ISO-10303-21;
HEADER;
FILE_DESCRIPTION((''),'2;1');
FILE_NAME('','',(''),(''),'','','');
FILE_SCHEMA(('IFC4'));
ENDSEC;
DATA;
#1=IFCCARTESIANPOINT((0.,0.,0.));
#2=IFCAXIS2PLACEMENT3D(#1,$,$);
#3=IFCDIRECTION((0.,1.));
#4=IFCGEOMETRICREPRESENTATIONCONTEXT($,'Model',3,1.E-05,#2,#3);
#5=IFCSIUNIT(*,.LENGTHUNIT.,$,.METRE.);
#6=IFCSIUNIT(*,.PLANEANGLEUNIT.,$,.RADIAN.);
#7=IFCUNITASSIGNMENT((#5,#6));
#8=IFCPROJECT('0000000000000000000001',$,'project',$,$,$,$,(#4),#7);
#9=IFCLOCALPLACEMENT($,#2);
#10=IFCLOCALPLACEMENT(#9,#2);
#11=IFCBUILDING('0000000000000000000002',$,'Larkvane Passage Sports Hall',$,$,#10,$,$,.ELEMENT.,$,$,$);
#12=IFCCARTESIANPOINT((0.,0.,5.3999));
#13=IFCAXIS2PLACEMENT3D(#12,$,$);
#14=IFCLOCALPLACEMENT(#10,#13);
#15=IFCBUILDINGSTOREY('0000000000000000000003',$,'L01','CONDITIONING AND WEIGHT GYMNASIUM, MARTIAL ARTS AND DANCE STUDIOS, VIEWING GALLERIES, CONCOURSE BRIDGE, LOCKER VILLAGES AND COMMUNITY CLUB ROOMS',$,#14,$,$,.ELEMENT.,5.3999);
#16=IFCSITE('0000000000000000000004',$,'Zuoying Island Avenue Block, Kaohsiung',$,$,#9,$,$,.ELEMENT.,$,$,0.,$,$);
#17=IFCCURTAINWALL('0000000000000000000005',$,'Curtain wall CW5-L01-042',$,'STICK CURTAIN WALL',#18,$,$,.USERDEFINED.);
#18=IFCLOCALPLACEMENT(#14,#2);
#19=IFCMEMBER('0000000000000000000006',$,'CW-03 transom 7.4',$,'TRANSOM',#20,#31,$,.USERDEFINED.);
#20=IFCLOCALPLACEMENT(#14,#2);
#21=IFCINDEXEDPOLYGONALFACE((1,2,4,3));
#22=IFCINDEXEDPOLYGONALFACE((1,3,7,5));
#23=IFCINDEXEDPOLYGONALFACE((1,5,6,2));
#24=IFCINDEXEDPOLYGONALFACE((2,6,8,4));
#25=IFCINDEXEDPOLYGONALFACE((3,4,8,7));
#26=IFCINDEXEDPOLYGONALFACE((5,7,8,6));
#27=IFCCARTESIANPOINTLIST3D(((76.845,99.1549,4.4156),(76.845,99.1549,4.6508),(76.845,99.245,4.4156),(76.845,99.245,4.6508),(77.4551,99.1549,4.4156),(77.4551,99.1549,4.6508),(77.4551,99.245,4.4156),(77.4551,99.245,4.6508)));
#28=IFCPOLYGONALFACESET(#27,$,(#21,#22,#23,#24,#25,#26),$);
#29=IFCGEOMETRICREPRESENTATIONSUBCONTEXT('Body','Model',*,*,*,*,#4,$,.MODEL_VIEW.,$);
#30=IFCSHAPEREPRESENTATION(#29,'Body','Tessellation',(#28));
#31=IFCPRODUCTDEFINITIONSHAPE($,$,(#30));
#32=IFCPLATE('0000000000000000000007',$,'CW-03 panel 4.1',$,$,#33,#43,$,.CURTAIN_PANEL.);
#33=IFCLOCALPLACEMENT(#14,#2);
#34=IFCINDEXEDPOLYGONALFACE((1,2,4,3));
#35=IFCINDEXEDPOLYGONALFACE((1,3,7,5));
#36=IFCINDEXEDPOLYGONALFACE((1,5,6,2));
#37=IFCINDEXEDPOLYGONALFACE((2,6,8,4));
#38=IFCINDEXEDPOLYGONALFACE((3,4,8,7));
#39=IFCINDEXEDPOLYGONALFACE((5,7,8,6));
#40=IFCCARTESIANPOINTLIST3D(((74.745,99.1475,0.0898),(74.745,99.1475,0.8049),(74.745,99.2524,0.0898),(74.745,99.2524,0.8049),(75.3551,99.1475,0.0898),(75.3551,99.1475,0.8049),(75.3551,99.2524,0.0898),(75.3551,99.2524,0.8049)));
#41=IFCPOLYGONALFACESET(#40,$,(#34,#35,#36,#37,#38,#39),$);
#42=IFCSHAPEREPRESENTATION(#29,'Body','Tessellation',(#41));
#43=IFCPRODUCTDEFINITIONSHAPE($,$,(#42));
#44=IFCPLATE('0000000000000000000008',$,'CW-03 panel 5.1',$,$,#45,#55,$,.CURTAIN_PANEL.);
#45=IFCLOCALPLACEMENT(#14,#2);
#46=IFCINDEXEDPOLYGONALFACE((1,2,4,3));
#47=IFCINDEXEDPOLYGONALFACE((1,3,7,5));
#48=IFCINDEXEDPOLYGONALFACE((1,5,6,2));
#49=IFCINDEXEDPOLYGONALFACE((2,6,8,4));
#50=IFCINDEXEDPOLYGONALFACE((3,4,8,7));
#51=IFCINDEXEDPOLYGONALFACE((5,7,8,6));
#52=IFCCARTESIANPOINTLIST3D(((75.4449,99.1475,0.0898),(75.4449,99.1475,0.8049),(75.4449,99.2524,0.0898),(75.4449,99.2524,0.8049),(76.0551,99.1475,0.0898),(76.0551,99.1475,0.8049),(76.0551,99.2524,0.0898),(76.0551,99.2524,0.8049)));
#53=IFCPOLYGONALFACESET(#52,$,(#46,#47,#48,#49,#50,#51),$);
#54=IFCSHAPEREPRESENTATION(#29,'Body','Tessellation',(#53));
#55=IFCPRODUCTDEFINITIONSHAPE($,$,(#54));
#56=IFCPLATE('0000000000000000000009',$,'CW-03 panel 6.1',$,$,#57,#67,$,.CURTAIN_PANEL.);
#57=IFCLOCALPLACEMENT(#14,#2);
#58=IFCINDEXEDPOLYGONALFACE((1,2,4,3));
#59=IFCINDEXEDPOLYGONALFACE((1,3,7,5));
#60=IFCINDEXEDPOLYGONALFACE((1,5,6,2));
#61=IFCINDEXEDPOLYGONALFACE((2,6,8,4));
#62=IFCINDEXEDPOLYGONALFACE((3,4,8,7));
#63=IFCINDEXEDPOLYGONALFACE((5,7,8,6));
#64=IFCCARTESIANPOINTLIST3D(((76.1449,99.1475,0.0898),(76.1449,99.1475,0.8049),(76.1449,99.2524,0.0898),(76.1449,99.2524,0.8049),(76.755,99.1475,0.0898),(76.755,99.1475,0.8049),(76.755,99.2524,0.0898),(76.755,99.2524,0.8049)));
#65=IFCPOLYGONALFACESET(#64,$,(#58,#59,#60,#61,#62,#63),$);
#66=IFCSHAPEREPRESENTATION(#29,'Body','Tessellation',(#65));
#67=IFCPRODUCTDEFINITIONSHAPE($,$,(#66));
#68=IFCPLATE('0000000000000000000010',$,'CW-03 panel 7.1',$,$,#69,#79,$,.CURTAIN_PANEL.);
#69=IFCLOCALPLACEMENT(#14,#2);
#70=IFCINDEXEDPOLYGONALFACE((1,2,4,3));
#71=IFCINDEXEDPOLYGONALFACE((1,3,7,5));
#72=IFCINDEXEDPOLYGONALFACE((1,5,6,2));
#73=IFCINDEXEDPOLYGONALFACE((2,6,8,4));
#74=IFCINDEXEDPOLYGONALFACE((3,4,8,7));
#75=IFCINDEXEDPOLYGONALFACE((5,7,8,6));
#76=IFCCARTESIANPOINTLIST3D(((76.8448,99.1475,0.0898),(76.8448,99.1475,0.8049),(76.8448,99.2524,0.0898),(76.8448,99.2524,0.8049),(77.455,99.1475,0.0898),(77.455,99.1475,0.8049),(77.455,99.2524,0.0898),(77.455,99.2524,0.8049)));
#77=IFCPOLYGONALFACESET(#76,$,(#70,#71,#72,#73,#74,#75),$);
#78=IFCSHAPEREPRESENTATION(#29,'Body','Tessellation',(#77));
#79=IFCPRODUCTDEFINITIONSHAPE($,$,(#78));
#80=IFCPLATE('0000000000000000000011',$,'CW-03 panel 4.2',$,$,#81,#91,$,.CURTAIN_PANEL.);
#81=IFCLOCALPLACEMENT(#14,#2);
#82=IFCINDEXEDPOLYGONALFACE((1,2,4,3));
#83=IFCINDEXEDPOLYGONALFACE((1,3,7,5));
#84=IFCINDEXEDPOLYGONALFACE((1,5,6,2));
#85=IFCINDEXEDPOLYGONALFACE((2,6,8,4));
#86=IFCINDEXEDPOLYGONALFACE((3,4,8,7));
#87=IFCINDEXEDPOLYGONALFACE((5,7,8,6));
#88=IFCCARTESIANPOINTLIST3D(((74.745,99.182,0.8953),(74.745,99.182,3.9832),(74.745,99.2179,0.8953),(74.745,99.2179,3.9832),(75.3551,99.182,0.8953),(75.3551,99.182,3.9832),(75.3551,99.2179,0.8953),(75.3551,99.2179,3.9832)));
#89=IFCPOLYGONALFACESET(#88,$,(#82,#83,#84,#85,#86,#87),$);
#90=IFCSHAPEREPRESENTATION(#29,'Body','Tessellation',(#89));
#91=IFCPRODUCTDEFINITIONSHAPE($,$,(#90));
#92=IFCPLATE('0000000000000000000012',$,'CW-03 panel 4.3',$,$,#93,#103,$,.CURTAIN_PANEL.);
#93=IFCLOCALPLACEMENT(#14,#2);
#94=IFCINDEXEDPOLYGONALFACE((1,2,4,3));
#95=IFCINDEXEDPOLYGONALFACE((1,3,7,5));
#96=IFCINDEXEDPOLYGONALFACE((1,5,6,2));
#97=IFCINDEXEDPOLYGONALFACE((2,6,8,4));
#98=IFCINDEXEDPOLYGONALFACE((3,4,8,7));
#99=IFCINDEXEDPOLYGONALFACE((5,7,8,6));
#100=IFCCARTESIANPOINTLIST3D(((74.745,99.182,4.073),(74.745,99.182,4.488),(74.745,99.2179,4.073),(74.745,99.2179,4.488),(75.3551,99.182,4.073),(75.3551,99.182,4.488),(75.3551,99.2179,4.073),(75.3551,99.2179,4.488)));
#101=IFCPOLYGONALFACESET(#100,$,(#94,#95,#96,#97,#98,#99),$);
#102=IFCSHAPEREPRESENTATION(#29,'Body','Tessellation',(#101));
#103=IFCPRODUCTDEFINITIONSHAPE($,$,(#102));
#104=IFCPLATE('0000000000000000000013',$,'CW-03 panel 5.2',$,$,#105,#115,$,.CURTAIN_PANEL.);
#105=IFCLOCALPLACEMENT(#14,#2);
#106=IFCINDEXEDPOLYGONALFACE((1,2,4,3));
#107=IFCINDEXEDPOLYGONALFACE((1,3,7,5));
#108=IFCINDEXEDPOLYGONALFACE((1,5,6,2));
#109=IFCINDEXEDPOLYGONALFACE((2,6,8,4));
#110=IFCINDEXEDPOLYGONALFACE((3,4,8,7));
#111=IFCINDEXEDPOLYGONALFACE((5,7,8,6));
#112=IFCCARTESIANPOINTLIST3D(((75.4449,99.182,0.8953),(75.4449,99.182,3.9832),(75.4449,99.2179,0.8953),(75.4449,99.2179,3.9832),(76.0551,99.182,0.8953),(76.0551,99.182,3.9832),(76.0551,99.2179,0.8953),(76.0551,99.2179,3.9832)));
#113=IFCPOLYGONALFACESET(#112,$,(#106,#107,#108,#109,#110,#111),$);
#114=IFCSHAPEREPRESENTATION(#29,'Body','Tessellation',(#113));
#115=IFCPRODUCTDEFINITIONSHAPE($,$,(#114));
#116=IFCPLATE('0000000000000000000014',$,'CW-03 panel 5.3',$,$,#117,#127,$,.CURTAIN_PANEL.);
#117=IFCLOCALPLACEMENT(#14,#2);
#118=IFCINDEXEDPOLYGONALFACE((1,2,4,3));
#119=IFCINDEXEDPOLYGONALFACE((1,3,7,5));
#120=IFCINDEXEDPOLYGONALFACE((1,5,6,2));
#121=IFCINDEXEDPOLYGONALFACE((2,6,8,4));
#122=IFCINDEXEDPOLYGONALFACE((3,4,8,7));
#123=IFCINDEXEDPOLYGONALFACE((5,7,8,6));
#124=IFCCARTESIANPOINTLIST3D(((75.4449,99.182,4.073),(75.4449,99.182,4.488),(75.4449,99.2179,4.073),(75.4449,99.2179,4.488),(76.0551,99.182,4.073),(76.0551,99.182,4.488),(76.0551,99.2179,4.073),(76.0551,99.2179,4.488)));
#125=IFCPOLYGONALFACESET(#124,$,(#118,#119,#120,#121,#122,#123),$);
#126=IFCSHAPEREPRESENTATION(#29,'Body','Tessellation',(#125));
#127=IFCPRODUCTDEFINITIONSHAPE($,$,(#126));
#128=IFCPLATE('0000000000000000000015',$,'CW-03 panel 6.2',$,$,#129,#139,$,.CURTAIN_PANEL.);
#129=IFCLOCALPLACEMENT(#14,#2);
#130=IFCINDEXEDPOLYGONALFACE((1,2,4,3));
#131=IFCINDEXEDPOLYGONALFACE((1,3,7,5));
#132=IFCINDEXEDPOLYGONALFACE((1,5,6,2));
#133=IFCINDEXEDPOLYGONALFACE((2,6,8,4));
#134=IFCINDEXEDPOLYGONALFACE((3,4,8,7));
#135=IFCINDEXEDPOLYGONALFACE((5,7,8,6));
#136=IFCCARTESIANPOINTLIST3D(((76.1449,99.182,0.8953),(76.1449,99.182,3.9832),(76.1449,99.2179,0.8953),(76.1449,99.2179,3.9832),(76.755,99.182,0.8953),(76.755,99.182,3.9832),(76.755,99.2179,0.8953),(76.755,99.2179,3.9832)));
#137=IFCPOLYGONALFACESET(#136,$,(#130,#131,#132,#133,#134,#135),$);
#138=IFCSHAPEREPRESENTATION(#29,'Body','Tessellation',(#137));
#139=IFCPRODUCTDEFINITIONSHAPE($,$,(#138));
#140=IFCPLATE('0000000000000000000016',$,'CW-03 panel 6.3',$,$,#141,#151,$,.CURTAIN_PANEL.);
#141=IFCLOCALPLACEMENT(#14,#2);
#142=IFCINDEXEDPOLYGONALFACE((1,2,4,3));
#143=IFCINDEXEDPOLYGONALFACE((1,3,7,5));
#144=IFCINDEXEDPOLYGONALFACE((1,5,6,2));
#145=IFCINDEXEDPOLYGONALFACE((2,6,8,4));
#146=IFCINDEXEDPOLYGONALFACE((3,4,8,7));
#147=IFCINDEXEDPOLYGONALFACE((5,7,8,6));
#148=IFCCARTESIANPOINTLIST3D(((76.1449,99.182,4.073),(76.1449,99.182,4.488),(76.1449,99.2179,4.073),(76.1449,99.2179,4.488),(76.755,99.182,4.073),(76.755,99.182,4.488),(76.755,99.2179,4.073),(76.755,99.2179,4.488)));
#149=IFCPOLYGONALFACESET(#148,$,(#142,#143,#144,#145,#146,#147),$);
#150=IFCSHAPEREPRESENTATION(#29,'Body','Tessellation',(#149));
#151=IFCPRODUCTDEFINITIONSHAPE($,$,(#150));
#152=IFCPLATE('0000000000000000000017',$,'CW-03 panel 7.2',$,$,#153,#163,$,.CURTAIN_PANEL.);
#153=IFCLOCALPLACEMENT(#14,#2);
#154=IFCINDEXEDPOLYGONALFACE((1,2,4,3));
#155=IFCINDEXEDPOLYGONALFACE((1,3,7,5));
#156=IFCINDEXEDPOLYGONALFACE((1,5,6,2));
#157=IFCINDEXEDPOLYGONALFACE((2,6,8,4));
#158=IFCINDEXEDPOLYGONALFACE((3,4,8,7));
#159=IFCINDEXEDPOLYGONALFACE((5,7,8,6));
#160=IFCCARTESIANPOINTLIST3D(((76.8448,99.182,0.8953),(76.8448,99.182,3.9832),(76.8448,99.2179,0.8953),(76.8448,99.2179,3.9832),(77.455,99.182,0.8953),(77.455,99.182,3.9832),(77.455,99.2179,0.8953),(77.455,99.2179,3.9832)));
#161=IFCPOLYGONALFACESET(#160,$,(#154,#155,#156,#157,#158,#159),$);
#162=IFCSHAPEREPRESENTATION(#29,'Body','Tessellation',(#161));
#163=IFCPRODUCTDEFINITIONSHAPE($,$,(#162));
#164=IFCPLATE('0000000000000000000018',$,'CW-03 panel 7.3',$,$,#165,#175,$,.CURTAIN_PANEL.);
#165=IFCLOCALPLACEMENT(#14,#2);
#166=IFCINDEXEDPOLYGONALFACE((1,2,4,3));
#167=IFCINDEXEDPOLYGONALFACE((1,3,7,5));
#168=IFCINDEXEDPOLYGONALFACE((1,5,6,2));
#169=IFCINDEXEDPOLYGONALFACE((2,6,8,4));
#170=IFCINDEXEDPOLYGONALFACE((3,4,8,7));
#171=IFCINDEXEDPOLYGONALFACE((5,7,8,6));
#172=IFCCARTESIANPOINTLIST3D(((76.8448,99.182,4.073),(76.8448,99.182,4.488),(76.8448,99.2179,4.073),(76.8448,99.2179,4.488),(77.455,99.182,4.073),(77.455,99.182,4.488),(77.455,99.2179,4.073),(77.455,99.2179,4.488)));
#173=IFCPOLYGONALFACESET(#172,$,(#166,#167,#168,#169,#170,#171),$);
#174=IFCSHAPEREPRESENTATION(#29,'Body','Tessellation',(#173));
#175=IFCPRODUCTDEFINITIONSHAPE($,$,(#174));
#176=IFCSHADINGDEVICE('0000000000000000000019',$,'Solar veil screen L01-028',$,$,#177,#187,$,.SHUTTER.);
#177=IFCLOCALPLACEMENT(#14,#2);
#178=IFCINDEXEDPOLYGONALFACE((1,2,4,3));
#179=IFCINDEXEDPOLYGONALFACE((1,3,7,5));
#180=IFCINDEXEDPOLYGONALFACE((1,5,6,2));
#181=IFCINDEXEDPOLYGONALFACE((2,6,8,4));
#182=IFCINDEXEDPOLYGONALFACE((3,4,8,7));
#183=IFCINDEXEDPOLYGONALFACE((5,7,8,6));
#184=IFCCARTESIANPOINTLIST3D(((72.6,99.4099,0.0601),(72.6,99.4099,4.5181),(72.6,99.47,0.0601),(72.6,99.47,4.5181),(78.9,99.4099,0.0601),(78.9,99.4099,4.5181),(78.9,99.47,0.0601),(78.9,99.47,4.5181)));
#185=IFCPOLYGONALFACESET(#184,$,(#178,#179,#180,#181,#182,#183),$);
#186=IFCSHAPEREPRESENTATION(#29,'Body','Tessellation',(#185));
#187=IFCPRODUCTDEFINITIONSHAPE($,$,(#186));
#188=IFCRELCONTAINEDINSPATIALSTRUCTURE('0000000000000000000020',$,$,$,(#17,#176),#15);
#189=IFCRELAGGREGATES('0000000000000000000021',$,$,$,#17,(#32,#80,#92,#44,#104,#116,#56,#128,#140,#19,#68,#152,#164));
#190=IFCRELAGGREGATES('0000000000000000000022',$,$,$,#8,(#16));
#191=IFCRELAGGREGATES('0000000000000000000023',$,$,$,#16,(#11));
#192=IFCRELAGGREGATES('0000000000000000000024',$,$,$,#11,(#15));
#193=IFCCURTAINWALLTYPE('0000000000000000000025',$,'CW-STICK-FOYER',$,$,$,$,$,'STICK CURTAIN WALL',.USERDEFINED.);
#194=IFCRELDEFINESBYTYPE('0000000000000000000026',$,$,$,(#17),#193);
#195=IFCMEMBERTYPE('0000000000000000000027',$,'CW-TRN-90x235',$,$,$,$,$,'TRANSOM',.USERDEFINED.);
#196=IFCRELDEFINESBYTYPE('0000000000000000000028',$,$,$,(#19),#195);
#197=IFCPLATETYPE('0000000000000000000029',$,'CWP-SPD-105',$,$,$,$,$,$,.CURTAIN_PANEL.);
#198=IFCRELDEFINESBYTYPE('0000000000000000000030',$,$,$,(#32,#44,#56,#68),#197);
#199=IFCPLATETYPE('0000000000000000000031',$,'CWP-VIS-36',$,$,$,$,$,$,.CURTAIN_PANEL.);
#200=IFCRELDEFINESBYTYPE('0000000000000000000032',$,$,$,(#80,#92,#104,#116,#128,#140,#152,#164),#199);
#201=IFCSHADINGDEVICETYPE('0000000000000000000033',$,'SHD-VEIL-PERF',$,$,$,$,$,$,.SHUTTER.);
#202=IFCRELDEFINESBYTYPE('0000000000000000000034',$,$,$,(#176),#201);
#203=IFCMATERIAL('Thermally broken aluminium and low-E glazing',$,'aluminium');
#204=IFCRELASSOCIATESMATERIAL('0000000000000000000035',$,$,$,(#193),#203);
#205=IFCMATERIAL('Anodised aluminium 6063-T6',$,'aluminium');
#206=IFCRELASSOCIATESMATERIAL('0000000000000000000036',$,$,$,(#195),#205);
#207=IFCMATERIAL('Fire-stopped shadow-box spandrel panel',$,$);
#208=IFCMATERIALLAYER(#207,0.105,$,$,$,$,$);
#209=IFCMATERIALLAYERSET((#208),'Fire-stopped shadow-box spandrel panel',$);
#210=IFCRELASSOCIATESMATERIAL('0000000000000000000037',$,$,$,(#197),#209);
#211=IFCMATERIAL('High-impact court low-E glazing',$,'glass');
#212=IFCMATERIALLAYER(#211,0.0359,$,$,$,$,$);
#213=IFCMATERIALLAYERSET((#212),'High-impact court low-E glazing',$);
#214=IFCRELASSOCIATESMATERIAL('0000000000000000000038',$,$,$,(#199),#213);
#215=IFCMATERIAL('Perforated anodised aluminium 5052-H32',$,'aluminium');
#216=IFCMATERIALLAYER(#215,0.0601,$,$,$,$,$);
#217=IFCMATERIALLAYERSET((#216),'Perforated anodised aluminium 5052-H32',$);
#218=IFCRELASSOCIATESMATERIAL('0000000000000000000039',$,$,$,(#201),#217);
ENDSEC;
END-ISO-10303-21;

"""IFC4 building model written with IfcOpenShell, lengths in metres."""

from ifc_helpers import new_model, si_unit, direction, frame, origin, origin_2d, place, context, subcontext, project, spatial, rectangle, extrude, material, layer, layer_set, material_profile, profile_set, type_object, element, aggregate, save


model = new_model("IFC4")

# Units and contexts
model_context = context("Model", 3, precision=1e-05, world=origin(), true_north=direction((0.0, 1.0)))
body_context = subcontext(model_context, "Body", "Model", "MODEL_VIEW")
ifc_project = project(units=[si_unit("LENGTHUNIT", "METRE"), si_unit("PLANEANGLEUNIT", "RADIAN")], contexts=[model_context])

# Site, building, storey
site_placement = place(None, origin())
site = spatial("IfcSite", under=ifc_project, at=site_placement, Name="Zuoying Island Avenue Block, Kaohsiung", CompositionType="ELEMENT", RefElevation=0.0)
building_placement = place(site_placement, origin())
building = spatial("IfcBuilding", under=site, at=building_placement, Name="Larkvane Passage Sports Hall", CompositionType="ELEMENT")
storey_placement = place(building_placement, frame((0.0, 0.0, 5.3999)))
storey = spatial("IfcBuildingStorey", under=building, at=storey_placement, Name="L01", Description="CONDITIONING AND WEIGHT GYMNASIUM, MARTIAL ARTS AND DANCE STUDIOS, VIEWING GALLERIES, CONCOURSE BRIDGE, LOCKER VILLAGES AND COMMUNITY CLUB ROOMS", CompositionType="ELEMENT", Elevation=5.3999)

# Curtain wall, member, plates
ifc_material_1 = material(Name="Thermally broken aluminium and low-E glazing", Category="aluminium")
curtain_wall_type = type_object("IfcCurtainWallType", Name="CW-STICK-FOYER", ElementType="STICK CURTAIN WALL", PredefinedType="USERDEFINED", material=ifc_material_1)
curtain_wall_placement = place(storey_placement, origin())
curtain_wall = element("IfcCurtainWall", 1, at=curtain_wall_placement, inside=storey, type_object=curtain_wall_type, Name="Curtain wall CW5-L01-042", ObjectType="STICK CURTAIN WALL", PredefinedType="USERDEFINED")
ifc_material_2 = material(Name="Anodised aluminium 6063-T6", Category="aluminium")
ifc_material_profile_1 = material_profile(ifc_material_2, rectangle(XDim=0.0901, YDim=0.2351, at=origin_2d()), Name="ALU-TRN-90x235")
ifc_profile_set_1 = profile_set([ifc_material_profile_1], Name="Anodised aluminium 6063-T6")
member_type_1 = type_object("IfcMemberType", Name="CW-TRN-90x235", ElementType="TRANSOM", PredefinedType="USERDEFINED", material=ifc_profile_set_1)
member_1_placement = place(storey_placement, frame((76.845, 99.2, 4.5332), z_axis=(1.0, 0.0, 0.0), x_axis=(0.0, 1.0, 0.0)))
member_1 = element("IfcMember", 2, at=member_1_placement, type_object=member_type_1, Name="CW-03 transom 7.4", ObjectType="TRANSOM", PredefinedType="USERDEFINED", context=body_context, shape_type="SweptSolid", body=[
    extrude(rectangle(XDim=0.0901, YDim=0.2351, at=origin_2d()), origin(), (0.0, 0.0, 1.0), 0.6101),
])
ifc_material_3 = material(Name="Fire-stopped shadow-box spandrel panel")
ifc_layer_1 = layer(ifc_material_3, 0.105)
ifc_layer_set_1 = layer_set([ifc_layer_1], Name="Fire-stopped shadow-box spandrel panel")
plate_type_1 = type_object("IfcPlateType", Name="CWP-SPD-105", PredefinedType="CURTAIN_PANEL", material=ifc_layer_set_1)
plate_1_placement = place(storey_placement, frame((75.05, 99.2, 0.0898), z_axis=(0.0, 0.0, 1.0), x_axis=(1.0, 0.0, 0.0)))
plate_1 = element("IfcPlate", 3, at=plate_1_placement, type_object=plate_type_1, Name="CW-03 panel 4.1", PredefinedType="CURTAIN_PANEL", context=body_context, shape_type="SweptSolid", body=[
    extrude(rectangle(XDim=0.6101, YDim=0.105, at=origin_2d()), origin(), (0.0, 0.0, 1.0), 0.7151),
])
plate_2_placement = place(storey_placement, frame((75.75, 99.2, 0.0898), z_axis=(0.0, 0.0, 1.0), x_axis=(1.0, 0.0, 0.0)))
plate_2 = element("IfcPlate", 4, at=plate_2_placement, type_object=plate_type_1, Name="CW-03 panel 5.1", PredefinedType="CURTAIN_PANEL", context=body_context, shape_type="SweptSolid", body=[
    extrude(rectangle(XDim=0.6101, YDim=0.105, at=origin_2d()), origin(), (0.0, 0.0, 1.0), 0.7151),
])
plate_3_placement = place(storey_placement, frame((76.45, 99.2, 0.0898), z_axis=(0.0, 0.0, 1.0), x_axis=(1.0, 0.0, 0.0)))
plate_3 = element("IfcPlate", 5, at=plate_3_placement, type_object=plate_type_1, Name="CW-03 panel 6.1", PredefinedType="CURTAIN_PANEL", context=body_context, shape_type="SweptSolid", body=[
    extrude(rectangle(XDim=0.6101, YDim=0.105, at=origin_2d()), origin(), (0.0, 0.0, 1.0), 0.7151),
])
plate_4_placement = place(storey_placement, frame((77.1499, 99.2, 0.0898), z_axis=(0.0, 0.0, 1.0), x_axis=(1.0, 0.0, 0.0)))
plate_4 = element("IfcPlate", 6, at=plate_4_placement, type_object=plate_type_1, Name="CW-03 panel 7.1", PredefinedType="CURTAIN_PANEL", context=body_context, shape_type="SweptSolid", body=[
    extrude(rectangle(XDim=0.6101, YDim=0.105, at=origin_2d()), origin(), (0.0, 0.0, 1.0), 0.7151),
])
ifc_material_4 = material(Name="High-impact court low-E glazing", Category="glass")
ifc_layer_2 = layer(ifc_material_4, 0.0359)
ifc_layer_set_2 = layer_set([ifc_layer_2], Name="High-impact court low-E glazing")
plate_type_2 = type_object("IfcPlateType", Name="CWP-VIS-36", PredefinedType="CURTAIN_PANEL", material=ifc_layer_set_2)
plate_5_placement = place(storey_placement, frame((75.05, 99.2, 0.8953), z_axis=(0.0, 0.0, 1.0), x_axis=(1.0, 0.0, 0.0)))
plate_5 = element("IfcPlate", 7, at=plate_5_placement, type_object=plate_type_2, Name="CW-03 panel 4.2", PredefinedType="CURTAIN_PANEL", context=body_context, shape_type="SweptSolid", body=[
    extrude(rectangle(XDim=0.6101, YDim=0.0359, at=origin_2d()), origin(), (0.0, 0.0, 1.0), 3.0879),
])
plate_6_placement = place(storey_placement, frame((75.05, 99.2, 4.073), z_axis=(0.0, 0.0, 1.0), x_axis=(1.0, 0.0, 0.0)))
plate_6 = element("IfcPlate", 8, at=plate_6_placement, type_object=plate_type_2, Name="CW-03 panel 4.3", PredefinedType="CURTAIN_PANEL", context=body_context, shape_type="SweptSolid", body=[
    extrude(rectangle(XDim=0.6101, YDim=0.0359, at=origin_2d()), origin(), (0.0, 0.0, 1.0), 0.415),
])
plate_7_placement = place(storey_placement, frame((75.75, 99.2, 0.8953), z_axis=(0.0, 0.0, 1.0), x_axis=(1.0, 0.0, 0.0)))
plate_7 = element("IfcPlate", 9, at=plate_7_placement, type_object=plate_type_2, Name="CW-03 panel 5.2", PredefinedType="CURTAIN_PANEL", context=body_context, shape_type="SweptSolid", body=[
    extrude(rectangle(XDim=0.6101, YDim=0.0359, at=origin_2d()), origin(), (0.0, 0.0, 1.0), 3.0879),
])
plate_8_placement = place(storey_placement, frame((75.75, 99.2, 4.073), z_axis=(0.0, 0.0, 1.0), x_axis=(1.0, 0.0, 0.0)))
plate_8 = element("IfcPlate", 10, at=plate_8_placement, type_object=plate_type_2, Name="CW-03 panel 5.3", PredefinedType="CURTAIN_PANEL", context=body_context, shape_type="SweptSolid", body=[
    extrude(rectangle(XDim=0.6101, YDim=0.0359, at=origin_2d()), origin(), (0.0, 0.0, 1.0), 0.415),
])
plate_9_placement = place(storey_placement, frame((76.45, 99.2, 0.8953), z_axis=(0.0, 0.0, 1.0), x_axis=(1.0, 0.0, 0.0)))
plate_9 = element("IfcPlate", 11, at=plate_9_placement, type_object=plate_type_2, Name="CW-03 panel 6.2", PredefinedType="CURTAIN_PANEL", context=body_context, shape_type="SweptSolid", body=[
    extrude(rectangle(XDim=0.6101, YDim=0.0359, at=origin_2d()), origin(), (0.0, 0.0, 1.0), 3.0879),
])
plate_10_placement = place(storey_placement, frame((76.45, 99.2, 4.073), z_axis=(0.0, 0.0, 1.0), x_axis=(1.0, 0.0, 0.0)))
plate_10 = element("IfcPlate", 12, at=plate_10_placement, type_object=plate_type_2, Name="CW-03 panel 6.3", PredefinedType="CURTAIN_PANEL", context=body_context, shape_type="SweptSolid", body=[
    extrude(rectangle(XDim=0.6101, YDim=0.0359, at=origin_2d()), origin(), (0.0, 0.0, 1.0), 0.415),
])
plate_11_placement = place(storey_placement, frame((77.1499, 99.2, 0.8953), z_axis=(0.0, 0.0, 1.0), x_axis=(1.0, 0.0, 0.0)))
plate_11 = element("IfcPlate", 13, at=plate_11_placement, type_object=plate_type_2, Name="CW-03 panel 7.2", PredefinedType="CURTAIN_PANEL", context=body_context, shape_type="SweptSolid", body=[
    extrude(rectangle(XDim=0.6101, YDim=0.0359, at=origin_2d()), origin(), (0.0, 0.0, 1.0), 3.0879),
])
plate_12_placement = place(storey_placement, frame((77.1499, 99.2, 4.073), z_axis=(0.0, 0.0, 1.0), x_axis=(1.0, 0.0, 0.0)))
plate_12 = element("IfcPlate", 14, at=plate_12_placement, type_object=plate_type_2, Name="CW-03 panel 7.3", PredefinedType="CURTAIN_PANEL", context=body_context, shape_type="SweptSolid", body=[
    extrude(rectangle(XDim=0.6101, YDim=0.0359, at=origin_2d()), origin(), (0.0, 0.0, 1.0), 0.415),
])
aggregate(curtain_wall, [plate_1, plate_5, plate_6, plate_2, plate_7, plate_8, plate_3, plate_9, plate_10, member_1, plate_4, plate_11, plate_12])

# Shading device
ifc_material_5 = material(Name="Perforated anodised aluminium 5052-H32", Category="aluminium")
ifc_layer_3 = layer(ifc_material_5, 0.0601)
ifc_layer_set_3 = layer_set([ifc_layer_3], Name="Perforated anodised aluminium 5052-H32")
shading_device_type = type_object("IfcShadingDeviceType", Name="SHD-VEIL-PERF", PredefinedType="SHUTTER", material=ifc_layer_set_3)
shading_device_placement = place(storey_placement, frame((75.75, 99.4399, 0.0601), z_axis=(0.0, 0.0, 1.0), x_axis=(1.0, 0.0, 0.0)))
element("IfcShadingDevice", 15, at=shading_device_placement, inside=storey, type_object=shading_device_type, Name="Solar veil screen L01-028", PredefinedType="SHUTTER", context=body_context, shape_type="SweptSolid", body=[
    extrude(rectangle(XDim=6.3, YDim=0.0601, at=origin_2d()), origin(), (0.0, 0.0, 1.0), 4.458),
])

save(model, "model.ifc")
